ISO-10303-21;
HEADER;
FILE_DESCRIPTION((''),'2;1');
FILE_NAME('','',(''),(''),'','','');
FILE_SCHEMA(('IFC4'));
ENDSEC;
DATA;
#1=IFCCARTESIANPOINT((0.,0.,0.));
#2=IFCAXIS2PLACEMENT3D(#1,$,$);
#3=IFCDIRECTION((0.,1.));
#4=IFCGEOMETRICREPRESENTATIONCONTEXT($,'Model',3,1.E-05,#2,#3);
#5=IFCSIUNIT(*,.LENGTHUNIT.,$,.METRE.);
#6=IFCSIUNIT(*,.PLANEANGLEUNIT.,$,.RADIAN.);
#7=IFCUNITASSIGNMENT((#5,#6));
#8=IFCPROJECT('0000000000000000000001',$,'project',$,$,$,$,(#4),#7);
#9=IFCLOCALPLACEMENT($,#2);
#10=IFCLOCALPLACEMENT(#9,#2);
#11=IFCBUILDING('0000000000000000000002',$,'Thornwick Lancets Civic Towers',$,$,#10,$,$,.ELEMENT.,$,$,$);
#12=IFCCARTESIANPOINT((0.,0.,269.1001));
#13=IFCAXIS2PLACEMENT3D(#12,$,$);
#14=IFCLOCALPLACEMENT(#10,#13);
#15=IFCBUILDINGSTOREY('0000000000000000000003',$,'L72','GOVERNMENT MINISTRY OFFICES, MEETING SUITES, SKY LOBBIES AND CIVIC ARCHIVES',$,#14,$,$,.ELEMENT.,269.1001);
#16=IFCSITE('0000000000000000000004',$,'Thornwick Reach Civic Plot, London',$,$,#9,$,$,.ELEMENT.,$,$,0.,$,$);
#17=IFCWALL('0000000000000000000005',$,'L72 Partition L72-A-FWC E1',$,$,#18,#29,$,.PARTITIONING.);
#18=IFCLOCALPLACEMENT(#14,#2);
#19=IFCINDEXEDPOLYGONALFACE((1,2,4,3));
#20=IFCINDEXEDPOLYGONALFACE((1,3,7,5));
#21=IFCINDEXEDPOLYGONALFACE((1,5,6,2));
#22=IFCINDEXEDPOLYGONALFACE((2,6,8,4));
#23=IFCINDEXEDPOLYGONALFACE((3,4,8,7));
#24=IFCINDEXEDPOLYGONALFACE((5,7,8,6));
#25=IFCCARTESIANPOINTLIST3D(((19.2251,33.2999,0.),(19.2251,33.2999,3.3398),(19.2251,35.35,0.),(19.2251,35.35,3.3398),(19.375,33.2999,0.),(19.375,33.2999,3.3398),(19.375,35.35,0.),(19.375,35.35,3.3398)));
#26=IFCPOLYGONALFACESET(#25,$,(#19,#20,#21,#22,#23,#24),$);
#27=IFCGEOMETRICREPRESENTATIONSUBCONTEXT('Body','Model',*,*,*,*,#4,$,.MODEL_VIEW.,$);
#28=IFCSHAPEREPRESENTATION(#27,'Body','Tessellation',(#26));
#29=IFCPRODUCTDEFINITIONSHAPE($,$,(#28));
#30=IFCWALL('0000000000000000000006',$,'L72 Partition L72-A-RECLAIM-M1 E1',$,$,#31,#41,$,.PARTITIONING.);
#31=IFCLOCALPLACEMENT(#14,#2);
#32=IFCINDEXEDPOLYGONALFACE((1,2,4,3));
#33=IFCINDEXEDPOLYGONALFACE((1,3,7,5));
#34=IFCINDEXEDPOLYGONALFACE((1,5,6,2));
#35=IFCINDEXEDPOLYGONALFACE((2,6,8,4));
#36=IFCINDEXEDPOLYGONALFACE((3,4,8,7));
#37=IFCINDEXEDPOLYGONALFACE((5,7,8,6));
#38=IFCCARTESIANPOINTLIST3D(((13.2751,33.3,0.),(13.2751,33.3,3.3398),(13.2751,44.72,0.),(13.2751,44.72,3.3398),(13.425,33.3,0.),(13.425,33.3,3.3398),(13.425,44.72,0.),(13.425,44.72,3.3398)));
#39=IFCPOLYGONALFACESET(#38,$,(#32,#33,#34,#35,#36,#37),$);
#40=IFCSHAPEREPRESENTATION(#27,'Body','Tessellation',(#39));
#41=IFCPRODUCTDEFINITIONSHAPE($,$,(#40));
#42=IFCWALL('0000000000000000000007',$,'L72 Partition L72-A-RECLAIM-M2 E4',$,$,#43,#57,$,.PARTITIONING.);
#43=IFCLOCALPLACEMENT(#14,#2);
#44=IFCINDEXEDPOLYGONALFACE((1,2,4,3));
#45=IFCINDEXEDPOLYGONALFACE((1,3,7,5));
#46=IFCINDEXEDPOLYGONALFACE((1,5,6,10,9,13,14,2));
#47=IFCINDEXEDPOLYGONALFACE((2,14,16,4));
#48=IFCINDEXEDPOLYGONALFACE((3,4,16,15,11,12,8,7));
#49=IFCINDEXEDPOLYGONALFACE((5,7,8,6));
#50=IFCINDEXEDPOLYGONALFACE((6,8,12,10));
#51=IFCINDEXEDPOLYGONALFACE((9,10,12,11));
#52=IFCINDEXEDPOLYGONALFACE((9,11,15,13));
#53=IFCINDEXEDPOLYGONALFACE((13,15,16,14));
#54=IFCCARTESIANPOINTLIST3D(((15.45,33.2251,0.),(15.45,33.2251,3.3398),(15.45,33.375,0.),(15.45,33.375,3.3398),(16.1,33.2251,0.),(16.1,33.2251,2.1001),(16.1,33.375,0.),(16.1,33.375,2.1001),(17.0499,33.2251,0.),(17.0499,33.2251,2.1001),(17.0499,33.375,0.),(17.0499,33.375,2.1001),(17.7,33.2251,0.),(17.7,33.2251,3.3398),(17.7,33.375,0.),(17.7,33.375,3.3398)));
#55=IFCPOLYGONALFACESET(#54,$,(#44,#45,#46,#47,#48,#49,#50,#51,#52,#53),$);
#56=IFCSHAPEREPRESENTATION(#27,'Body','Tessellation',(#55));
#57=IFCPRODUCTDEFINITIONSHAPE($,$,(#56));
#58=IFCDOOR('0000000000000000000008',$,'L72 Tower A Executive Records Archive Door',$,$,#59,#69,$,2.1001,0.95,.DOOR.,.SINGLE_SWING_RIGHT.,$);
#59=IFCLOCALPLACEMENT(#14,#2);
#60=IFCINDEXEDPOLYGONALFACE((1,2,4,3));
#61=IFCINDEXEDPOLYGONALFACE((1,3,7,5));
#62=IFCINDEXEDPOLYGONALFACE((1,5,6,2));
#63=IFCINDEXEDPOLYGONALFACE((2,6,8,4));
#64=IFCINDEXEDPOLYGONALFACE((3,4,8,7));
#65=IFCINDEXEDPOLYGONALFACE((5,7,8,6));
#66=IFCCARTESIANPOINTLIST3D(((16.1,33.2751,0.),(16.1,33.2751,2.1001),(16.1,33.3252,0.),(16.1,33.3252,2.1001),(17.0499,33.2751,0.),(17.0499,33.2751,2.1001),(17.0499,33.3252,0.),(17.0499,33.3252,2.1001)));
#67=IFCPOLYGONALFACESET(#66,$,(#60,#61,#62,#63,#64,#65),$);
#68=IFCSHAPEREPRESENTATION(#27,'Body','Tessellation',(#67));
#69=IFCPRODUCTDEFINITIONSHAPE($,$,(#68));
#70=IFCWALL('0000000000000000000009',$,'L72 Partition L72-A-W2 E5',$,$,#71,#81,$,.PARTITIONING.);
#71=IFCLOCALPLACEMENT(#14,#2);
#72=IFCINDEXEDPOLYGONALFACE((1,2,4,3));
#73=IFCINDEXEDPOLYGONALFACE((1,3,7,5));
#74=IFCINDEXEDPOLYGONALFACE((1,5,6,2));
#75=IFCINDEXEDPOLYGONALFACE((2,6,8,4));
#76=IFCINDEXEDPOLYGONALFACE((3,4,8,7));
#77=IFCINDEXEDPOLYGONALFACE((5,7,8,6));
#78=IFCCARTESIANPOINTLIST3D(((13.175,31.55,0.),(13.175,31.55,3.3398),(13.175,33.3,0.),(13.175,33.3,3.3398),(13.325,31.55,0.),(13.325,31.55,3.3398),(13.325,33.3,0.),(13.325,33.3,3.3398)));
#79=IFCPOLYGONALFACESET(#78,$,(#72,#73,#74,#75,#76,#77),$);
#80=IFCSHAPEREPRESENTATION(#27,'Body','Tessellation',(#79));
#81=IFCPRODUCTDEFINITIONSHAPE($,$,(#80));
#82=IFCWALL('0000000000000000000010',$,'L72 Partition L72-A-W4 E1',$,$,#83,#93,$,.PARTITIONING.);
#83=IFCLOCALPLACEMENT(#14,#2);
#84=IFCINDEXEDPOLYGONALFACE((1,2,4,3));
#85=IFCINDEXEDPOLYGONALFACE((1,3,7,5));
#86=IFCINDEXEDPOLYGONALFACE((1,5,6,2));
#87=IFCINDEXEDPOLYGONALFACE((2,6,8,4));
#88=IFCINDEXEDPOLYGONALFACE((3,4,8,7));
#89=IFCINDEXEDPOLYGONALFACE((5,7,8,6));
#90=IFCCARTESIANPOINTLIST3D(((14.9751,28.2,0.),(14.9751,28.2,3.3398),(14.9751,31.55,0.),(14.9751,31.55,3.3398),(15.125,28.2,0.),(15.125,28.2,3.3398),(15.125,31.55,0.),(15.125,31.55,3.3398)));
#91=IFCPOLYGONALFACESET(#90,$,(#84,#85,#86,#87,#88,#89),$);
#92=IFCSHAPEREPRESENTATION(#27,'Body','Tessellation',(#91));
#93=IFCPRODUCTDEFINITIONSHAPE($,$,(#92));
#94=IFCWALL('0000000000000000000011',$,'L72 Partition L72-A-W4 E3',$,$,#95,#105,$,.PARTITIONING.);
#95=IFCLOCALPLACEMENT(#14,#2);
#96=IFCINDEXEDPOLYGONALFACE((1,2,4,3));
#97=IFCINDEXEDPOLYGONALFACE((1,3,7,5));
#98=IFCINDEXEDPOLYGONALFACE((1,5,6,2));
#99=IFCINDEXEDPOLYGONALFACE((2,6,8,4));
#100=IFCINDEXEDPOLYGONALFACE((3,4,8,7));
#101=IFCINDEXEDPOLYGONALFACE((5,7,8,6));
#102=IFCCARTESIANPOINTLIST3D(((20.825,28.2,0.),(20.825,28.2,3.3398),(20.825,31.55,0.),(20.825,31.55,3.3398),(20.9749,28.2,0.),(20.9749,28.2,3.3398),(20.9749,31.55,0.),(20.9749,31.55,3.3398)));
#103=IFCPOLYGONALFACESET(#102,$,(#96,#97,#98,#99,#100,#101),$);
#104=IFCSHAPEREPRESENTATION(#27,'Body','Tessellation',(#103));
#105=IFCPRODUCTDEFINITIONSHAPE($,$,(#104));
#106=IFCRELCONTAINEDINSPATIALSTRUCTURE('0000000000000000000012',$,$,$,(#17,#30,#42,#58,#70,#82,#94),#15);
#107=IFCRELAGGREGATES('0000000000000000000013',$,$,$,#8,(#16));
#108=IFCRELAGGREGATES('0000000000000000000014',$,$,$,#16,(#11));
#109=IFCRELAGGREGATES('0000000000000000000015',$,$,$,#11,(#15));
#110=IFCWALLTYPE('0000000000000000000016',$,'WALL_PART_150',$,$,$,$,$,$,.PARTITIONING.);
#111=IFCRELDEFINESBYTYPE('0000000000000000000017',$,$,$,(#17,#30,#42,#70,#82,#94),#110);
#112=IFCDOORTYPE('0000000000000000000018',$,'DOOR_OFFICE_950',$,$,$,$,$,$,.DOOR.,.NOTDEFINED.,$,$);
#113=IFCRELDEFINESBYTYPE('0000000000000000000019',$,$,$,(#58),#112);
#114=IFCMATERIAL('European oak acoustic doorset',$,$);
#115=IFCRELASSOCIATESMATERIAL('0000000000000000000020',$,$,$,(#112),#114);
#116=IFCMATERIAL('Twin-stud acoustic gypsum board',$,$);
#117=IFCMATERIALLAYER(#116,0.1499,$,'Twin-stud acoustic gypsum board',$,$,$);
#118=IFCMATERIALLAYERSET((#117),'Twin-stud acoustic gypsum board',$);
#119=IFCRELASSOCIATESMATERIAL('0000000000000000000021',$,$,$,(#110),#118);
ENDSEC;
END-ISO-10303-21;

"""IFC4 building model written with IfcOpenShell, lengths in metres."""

from ifc_helpers import new_model, si_unit, direction, frame, frame_2d, origin, place, context, subcontext, project, spatial, rectangle, extrude, material, layer, layer_set, type_object, element, fill, save


model = new_model("IFC4")

# Units and contexts
model_context = context("Model", 3, precision=1e-05, world=origin(), true_north=direction((0.0, 1.0)))
body_context = subcontext(model_context, "Body", "Model", "MODEL_VIEW")
ifc_project = project(units=[si_unit("LENGTHUNIT", "METRE"), si_unit("PLANEANGLEUNIT", "RADIAN")], contexts=[model_context])

# Site, building, storey
site_placement = place(None, origin())
site = spatial("IfcSite", under=ifc_project, at=site_placement, Name="Thornwick Reach Civic Plot, London", CompositionType="ELEMENT", RefElevation=0.0)
building_placement = place(site_placement, origin())
building = spatial("IfcBuilding", under=site, at=building_placement, Name="Thornwick Lancets Civic Towers", CompositionType="ELEMENT")
storey_placement = place(building_placement, frame((0.0, 0.0, 269.1001)))
storey = spatial("IfcBuildingStorey", under=building, at=storey_placement, Name="L72", Description="GOVERNMENT MINISTRY OFFICES, MEETING SUITES, SKY LOBBIES AND CIVIC ARCHIVES", CompositionType="ELEMENT", Elevation=269.1001)

# Shared definitions
ifc_material_1 = material(Name="European oak acoustic doorset")
door_type_1 = type_object("IfcDoorType", Name="DOOR_OFFICE_950", OperationType="NOTDEFINED", PredefinedType="DOOR", material=ifc_material_1)

# Walls
ifc_material_2 = material(Name="Twin-stud acoustic gypsum board")
ifc_layer_1 = layer(ifc_material_2, 0.1499, Name="Twin-stud acoustic gypsum board")
ifc_layer_set_1 = layer_set([ifc_layer_1], Name="Twin-stud acoustic gypsum board")
wall_type_1 = type_object("IfcWallType", Name="WALL_PART_150", PredefinedType="PARTITIONING", material=ifc_layer_set_1)
wall_1_placement = place(storey_placement, frame((19.3, 33.3, 0.0), z_axis=(0.0, 0.0, 1.0), x_axis=(0.0, 1.0, 0.0)))
element("IfcWall", 1, at=wall_1_placement, inside=storey, type_object=wall_type_1, Name="L72 Partition L72-A-FWC E1", PredefinedType="PARTITIONING", context=body_context, shape_type="SweptSolid", body=[
    extrude(rectangle(XDim=2.05, YDim=0.1499, at=frame_2d((1.0249, 0.0))), origin(), (0.0, 0.0, 1.0), 3.3398),
])
wall_2_placement = place(storey_placement, frame((13.3501, 33.3, 0.0), z_axis=(0.0, 0.0, 1.0), x_axis=(0.0, 1.0, 0.0)))
element("IfcWall", 2, at=wall_2_placement, inside=storey, type_object=wall_type_1, Name="L72 Partition L72-A-RECLAIM-M1 E1", PredefinedType="PARTITIONING", context=body_context, shape_type="SweptSolid", body=[
    extrude(rectangle(XDim=11.4199, YDim=0.1499, at=frame_2d((5.71, 0.0))), origin(), (0.0, 0.0, 1.0), 3.3398),
])

# Wall, opening, door
wall_3_placement = place(storey_placement, frame((17.7, 33.3, 0.0), z_axis=(0.0, 0.0, 1.0), x_axis=(-1.0, 0.0, 0.0)))
wall_3 = element("IfcWall", 3, at=wall_3_placement, inside=storey, type_object=wall_type_1, Name="L72 Partition L72-A-RECLAIM-M2 E4", PredefinedType="PARTITIONING", context=body_context, shape_type="SweptSolid", body=[
    extrude(rectangle(XDim=2.25, YDim=0.1499, at=frame_2d((1.125, 0.0))), origin(), (0.0, 0.0, 1.0), 3.3398),
])
opening_1_placement = place(wall_3_placement, frame((0.6499, 0.0, 0.0)))
opening_1 = element("IfcOpeningElement", 4, at=opening_1_placement, cuts=wall_3, PredefinedType="OPENING", context=body_context, shape_type="SweptSolid", body=[
    extrude(rectangle(XDim=0.95, YDim=2.1001, at=frame_2d((0.4751, 1.05))), frame((0.0, 0.085, 0.0), z_axis=(0.0, -1.0, 0.0), x_axis=(1.0, 0.0, 0.0)), (0.0, 0.0, 1.0), 0.1699),
])
door_1_placement = place(opening_1_placement, origin())
door_1 = element("IfcDoor", 5, at=door_1_placement, inside=storey, type_object=door_type_1, Name="L72 Tower A Executive Records Archive Door", OperationType="SINGLE_SWING_RIGHT", OverallHeight=2.1001, OverallWidth=0.95, PredefinedType="DOOR", context=body_context, shape_type="SweptSolid", body=[
    extrude(rectangle(XDim=0.95, YDim=2.1001, at=frame_2d((0.4751, 1.05))), frame((0.0, 0.0249, 0.0), z_axis=(0.0, -1.0, 0.0), x_axis=(1.0, 0.0, 0.0)), (0.0, 0.0, 1.0), 0.05),
])
fill(opening_1, door_1)

# Wall
wall_4_placement = place(storey_placement, frame((13.25, 33.3, 0.0), z_axis=(0.0, 0.0, 1.0), x_axis=(0.0, -1.0, 0.0)))
element("IfcWall", 6, at=wall_4_placement, inside=storey, type_object=wall_type_1, Name="L72 Partition L72-A-W2 E5", PredefinedType="PARTITIONING", context=body_context, shape_type="SweptSolid", body=[
    extrude(rectangle(XDim=1.75, YDim=0.1499, at=frame_2d((0.875, 0.0))), origin(), (0.0, 0.0, 1.0), 3.3398),
])

# Wall
wall_5_placement = place(storey_placement, frame((15.05, 28.2, 0.0), z_axis=(0.0, 0.0, 1.0), x_axis=(0.0, 1.0, 0.0)))
element("IfcWall", 7, at=wall_5_placement, inside=storey, type_object=wall_type_1, Name="L72 Partition L72-A-W4 E1", PredefinedType="PARTITIONING", context=body_context, shape_type="SweptSolid", body=[
    extrude(rectangle(XDim=3.3501, YDim=0.1499, at=frame_2d((1.675, 0.0))), origin(), (0.0, 0.0, 1.0), 3.3398),
])

# Wall
wall_6_placement = place(storey_placement, frame((20.8999, 31.55, 0.0), z_axis=(0.0, 0.0, 1.0), x_axis=(0.0, -1.0, 0.0)))
element("IfcWall", 8, at=wall_6_placement, inside=storey, type_object=wall_type_1, Name="L72 Partition L72-A-W4 E3", PredefinedType="PARTITIONING", context=body_context, shape_type="SweptSolid", body=[
    extrude(rectangle(XDim=3.3501, YDim=0.1499, at=frame_2d((1.675, 0.0))), origin(), (0.0, 0.0, 1.0), 3.3398),
])

save(model, "model.ifc")
